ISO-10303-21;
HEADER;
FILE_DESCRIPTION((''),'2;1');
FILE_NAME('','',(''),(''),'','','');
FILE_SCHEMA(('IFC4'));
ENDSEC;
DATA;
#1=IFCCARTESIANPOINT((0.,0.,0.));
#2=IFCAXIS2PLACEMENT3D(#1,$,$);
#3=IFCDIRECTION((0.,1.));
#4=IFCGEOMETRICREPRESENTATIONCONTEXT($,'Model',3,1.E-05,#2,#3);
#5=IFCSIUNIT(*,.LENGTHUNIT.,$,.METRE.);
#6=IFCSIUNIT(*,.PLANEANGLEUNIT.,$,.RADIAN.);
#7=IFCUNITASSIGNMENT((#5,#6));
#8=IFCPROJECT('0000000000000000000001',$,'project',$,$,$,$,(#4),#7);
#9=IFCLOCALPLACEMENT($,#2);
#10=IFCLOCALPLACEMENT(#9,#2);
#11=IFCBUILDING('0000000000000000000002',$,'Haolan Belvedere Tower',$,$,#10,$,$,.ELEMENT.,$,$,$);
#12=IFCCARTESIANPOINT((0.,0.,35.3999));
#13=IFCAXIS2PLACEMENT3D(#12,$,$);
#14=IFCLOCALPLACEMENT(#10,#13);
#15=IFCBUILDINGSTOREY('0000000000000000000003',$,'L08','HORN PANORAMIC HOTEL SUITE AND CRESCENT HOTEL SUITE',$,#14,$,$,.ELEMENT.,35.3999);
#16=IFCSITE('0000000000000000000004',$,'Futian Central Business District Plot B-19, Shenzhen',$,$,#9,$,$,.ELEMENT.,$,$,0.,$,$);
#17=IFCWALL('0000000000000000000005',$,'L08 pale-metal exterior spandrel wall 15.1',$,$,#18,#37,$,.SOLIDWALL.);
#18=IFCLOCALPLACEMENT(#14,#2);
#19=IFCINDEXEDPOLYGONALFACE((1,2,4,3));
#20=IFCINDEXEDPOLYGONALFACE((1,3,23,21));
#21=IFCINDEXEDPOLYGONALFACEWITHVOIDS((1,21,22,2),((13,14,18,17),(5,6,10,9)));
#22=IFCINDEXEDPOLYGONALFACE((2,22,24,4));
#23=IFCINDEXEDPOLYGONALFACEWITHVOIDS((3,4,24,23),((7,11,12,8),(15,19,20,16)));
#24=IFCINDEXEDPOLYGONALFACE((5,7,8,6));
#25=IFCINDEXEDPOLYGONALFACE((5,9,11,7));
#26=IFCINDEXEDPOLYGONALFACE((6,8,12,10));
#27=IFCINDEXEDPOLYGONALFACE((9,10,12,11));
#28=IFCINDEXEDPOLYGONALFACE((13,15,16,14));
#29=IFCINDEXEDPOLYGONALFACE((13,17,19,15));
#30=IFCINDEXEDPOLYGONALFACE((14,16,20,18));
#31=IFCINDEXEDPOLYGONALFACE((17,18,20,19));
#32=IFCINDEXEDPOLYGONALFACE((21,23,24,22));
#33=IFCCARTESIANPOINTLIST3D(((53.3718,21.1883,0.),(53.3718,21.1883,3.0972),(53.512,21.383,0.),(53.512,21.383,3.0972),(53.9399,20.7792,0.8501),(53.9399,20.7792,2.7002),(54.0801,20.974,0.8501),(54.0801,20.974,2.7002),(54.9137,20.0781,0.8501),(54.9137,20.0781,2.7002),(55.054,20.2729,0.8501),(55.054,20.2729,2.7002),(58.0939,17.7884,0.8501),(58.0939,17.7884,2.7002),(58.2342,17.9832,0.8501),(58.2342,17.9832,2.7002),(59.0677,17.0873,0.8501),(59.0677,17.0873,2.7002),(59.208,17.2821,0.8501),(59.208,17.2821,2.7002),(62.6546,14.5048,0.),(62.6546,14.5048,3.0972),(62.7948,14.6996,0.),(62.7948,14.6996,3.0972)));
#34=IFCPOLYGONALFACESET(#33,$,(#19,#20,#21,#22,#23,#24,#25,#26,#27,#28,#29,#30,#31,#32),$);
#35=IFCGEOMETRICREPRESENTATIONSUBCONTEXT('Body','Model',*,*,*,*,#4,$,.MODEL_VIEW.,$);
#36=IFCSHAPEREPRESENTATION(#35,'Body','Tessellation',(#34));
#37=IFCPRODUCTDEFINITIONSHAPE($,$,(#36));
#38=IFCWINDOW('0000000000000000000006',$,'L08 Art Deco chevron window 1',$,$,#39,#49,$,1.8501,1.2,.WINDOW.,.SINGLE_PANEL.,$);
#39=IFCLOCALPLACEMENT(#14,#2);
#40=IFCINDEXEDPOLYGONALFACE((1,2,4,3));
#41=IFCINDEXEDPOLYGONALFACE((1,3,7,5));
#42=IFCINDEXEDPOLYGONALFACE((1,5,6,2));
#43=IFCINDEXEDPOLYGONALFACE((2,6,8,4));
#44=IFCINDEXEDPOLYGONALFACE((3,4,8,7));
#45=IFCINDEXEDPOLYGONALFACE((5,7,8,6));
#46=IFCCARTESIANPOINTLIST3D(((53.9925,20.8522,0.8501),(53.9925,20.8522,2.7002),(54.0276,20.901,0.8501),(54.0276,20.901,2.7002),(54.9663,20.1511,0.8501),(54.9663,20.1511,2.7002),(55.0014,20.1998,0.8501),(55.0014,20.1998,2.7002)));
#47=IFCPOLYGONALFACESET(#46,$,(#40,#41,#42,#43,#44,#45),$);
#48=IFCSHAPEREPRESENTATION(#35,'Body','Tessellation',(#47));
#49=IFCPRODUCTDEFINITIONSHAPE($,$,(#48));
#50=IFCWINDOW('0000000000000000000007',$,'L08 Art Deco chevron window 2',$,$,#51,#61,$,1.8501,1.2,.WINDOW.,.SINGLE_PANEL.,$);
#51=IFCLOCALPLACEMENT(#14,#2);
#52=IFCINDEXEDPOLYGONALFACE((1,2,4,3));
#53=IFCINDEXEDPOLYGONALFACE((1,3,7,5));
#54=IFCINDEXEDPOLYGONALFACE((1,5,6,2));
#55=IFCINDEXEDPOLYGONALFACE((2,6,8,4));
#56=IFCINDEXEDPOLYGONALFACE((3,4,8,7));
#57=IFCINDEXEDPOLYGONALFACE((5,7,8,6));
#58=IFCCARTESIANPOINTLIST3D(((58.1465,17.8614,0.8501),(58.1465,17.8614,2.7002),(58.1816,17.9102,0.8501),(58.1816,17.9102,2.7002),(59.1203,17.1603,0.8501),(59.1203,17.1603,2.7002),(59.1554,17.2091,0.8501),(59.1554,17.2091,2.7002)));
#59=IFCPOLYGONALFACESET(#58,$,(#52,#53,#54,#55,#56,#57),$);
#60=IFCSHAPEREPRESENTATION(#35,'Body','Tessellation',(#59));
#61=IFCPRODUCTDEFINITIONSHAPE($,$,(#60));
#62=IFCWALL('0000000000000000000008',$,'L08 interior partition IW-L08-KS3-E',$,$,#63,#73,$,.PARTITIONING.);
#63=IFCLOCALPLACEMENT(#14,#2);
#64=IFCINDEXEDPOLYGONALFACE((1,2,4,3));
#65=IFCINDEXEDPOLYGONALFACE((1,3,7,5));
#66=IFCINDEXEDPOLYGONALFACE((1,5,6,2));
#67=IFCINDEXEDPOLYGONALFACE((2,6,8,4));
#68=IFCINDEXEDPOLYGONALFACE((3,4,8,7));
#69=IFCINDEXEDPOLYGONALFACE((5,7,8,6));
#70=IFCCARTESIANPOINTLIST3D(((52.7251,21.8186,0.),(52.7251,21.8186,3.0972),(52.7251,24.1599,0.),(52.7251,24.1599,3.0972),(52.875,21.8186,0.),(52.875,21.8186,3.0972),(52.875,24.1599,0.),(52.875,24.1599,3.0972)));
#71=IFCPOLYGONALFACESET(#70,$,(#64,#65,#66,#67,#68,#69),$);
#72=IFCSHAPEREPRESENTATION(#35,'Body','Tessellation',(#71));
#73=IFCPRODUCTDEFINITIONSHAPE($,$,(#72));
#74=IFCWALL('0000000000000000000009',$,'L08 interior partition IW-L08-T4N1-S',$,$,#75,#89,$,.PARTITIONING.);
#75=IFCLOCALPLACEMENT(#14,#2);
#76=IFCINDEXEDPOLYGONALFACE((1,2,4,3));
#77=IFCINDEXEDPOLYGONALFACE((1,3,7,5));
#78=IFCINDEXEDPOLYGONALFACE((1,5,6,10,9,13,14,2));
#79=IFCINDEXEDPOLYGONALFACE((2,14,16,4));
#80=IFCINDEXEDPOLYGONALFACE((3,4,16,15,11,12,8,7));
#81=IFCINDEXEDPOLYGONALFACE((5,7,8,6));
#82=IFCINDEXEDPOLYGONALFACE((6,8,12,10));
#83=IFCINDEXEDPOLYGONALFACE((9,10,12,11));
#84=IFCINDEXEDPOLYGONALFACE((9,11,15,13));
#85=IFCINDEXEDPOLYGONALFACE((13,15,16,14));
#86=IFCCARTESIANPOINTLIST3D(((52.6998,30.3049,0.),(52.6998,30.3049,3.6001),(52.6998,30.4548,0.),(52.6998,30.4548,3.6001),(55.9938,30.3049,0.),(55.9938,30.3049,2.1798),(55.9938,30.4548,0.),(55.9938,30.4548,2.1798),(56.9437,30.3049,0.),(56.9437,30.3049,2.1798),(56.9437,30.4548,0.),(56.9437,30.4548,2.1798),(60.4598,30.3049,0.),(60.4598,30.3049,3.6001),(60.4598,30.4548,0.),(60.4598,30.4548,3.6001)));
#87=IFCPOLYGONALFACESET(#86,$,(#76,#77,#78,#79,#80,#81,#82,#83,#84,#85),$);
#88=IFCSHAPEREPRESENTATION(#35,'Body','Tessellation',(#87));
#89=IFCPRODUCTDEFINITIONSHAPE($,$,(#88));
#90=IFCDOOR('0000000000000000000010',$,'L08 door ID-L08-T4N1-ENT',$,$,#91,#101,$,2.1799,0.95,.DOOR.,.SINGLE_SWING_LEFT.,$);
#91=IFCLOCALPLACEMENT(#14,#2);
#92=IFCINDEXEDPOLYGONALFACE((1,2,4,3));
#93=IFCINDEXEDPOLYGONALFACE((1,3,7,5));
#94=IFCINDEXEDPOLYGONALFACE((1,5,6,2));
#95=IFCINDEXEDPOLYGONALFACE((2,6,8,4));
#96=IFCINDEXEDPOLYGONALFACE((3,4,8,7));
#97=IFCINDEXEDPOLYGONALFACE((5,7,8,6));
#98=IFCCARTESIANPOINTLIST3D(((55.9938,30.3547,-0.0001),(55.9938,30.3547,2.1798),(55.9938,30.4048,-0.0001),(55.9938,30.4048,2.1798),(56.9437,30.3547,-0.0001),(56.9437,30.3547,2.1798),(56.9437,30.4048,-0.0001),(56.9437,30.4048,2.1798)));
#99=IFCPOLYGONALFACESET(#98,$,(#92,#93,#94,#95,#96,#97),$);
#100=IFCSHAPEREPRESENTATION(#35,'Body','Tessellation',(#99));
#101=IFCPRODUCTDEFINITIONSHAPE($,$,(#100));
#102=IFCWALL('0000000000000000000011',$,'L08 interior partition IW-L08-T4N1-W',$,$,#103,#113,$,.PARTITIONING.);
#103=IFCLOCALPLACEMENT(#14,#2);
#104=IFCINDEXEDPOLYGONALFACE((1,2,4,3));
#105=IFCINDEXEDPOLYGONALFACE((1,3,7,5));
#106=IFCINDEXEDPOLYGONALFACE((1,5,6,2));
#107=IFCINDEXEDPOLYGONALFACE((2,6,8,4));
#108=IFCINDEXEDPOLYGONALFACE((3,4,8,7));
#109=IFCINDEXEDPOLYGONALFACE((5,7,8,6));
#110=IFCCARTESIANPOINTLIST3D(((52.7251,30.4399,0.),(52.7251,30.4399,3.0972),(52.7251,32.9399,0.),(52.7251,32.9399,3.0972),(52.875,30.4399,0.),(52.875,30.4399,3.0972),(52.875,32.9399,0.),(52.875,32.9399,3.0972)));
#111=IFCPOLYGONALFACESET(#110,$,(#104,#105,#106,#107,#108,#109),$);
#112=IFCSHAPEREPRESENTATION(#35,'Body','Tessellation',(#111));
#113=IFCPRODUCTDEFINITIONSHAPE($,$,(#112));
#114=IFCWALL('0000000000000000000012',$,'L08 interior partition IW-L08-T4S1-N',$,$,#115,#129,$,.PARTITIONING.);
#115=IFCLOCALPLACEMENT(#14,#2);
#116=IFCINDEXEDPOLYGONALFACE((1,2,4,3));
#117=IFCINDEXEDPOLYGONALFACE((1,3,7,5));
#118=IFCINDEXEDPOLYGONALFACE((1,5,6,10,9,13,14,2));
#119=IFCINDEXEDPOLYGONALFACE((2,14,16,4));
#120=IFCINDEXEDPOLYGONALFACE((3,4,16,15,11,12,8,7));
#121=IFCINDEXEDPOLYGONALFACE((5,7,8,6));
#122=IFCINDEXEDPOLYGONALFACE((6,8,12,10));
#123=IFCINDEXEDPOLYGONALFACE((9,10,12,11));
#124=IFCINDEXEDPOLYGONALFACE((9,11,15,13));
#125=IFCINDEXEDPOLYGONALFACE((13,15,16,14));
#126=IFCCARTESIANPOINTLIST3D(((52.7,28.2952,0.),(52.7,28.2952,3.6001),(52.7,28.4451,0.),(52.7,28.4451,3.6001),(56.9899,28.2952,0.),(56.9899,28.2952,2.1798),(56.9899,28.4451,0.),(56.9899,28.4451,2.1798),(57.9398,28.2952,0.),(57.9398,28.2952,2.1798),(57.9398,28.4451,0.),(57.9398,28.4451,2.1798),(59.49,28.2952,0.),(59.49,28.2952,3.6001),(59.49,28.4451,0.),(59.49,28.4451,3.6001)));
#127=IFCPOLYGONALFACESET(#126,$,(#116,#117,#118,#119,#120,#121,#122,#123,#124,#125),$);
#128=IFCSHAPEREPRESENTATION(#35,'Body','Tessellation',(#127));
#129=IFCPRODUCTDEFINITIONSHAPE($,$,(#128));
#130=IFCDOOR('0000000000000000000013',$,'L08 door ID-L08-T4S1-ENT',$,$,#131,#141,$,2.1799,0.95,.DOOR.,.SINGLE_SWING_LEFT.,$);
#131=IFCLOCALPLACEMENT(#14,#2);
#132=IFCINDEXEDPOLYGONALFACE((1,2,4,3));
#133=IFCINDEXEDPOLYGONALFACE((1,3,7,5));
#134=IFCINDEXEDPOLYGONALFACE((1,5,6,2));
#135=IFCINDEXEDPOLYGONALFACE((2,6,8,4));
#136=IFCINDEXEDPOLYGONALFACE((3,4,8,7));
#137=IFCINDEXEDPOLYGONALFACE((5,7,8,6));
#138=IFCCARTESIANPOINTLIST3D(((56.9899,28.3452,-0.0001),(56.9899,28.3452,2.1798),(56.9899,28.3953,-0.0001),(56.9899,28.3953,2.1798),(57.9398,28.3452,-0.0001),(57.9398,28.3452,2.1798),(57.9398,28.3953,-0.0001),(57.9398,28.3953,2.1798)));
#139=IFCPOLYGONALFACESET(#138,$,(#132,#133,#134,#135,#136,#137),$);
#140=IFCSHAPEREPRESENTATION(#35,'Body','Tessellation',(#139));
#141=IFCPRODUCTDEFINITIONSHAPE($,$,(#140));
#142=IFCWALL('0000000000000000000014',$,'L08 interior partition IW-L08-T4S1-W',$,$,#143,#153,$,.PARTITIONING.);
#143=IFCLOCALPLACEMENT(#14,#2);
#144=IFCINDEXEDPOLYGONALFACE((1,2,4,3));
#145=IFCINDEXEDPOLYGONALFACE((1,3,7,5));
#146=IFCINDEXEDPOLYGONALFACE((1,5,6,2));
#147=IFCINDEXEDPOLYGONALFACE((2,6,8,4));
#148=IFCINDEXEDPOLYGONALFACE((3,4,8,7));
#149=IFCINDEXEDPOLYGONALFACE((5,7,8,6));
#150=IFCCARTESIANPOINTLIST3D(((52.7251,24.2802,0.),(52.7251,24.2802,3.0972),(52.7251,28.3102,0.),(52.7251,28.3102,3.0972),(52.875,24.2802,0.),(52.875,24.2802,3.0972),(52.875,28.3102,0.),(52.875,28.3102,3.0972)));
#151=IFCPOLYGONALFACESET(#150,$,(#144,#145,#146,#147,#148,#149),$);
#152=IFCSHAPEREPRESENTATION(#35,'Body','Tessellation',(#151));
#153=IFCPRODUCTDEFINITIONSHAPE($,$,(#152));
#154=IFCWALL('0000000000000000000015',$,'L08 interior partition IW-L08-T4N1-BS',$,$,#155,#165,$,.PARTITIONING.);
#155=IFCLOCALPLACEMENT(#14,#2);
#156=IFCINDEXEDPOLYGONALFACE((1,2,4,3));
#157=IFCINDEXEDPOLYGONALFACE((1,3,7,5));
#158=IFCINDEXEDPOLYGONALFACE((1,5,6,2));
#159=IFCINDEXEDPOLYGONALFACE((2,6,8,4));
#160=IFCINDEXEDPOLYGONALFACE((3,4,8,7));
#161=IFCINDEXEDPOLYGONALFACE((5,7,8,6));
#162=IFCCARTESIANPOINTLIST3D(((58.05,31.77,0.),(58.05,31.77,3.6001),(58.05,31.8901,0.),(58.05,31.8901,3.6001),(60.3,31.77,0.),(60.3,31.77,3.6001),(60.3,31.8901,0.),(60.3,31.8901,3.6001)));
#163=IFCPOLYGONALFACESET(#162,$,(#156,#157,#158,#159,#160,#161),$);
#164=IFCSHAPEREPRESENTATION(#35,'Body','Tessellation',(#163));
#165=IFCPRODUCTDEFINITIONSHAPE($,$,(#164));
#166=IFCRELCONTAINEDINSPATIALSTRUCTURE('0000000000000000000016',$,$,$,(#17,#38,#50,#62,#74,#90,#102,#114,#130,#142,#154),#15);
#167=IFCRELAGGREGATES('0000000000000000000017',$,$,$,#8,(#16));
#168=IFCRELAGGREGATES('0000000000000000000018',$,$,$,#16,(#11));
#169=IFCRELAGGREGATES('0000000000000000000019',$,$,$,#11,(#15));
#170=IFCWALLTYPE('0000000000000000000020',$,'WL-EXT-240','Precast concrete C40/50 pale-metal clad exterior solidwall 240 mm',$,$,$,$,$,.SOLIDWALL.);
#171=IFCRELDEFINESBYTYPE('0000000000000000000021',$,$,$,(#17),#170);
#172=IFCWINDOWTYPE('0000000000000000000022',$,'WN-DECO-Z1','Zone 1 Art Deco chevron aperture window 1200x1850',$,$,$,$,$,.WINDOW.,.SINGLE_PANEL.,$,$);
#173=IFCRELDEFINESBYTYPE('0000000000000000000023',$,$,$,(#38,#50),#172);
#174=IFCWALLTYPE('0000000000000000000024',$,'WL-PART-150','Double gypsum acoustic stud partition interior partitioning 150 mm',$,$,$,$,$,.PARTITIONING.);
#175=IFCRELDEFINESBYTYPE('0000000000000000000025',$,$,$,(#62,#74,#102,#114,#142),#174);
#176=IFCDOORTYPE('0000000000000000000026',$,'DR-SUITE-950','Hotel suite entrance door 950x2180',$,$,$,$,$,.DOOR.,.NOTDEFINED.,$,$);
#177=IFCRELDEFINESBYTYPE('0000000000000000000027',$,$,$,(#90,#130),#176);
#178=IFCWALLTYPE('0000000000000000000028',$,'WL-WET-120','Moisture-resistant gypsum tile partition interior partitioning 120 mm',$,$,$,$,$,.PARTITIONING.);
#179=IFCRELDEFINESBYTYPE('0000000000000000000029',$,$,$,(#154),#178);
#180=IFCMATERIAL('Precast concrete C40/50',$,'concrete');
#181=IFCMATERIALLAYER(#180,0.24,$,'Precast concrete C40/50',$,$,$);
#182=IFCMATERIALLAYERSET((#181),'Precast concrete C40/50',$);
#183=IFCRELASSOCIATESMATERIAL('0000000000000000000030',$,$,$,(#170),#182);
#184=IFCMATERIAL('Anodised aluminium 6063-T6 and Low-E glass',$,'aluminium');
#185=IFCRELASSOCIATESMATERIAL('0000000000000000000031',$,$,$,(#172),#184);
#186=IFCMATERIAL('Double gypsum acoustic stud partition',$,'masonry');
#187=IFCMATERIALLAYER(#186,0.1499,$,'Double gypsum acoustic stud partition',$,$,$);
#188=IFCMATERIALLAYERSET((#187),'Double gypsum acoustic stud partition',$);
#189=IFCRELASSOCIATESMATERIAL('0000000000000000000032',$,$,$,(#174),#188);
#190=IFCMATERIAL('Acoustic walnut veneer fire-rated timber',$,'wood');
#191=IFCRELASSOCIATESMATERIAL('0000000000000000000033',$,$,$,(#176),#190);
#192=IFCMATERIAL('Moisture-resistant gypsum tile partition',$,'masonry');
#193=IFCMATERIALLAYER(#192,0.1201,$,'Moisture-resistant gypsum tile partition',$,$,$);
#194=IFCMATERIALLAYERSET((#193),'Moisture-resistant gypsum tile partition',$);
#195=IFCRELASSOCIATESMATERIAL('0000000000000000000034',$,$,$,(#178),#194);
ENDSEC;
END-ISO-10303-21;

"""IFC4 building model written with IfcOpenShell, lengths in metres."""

from ifc_helpers import new_model, si_unit, direction, frame, frame_2d, origin, place, context, subcontext, project, spatial, rectangle, extrude, material, layer, layer_set, type_object, element, fill, save


model = new_model("IFC4")

# Units and contexts
model_context = context("Model", 3, precision=1e-05, world=origin(), true_north=direction((0.0, 1.0)))
body_context = subcontext(model_context, "Body", "Model", "MODEL_VIEW")
ifc_project = project(units=[si_unit("LENGTHUNIT", "METRE"), si_unit("PLANEANGLEUNIT", "RADIAN")], contexts=[model_context])

# Site, building, storey
site_placement = place(None, origin())
site = spatial("IfcSite", under=ifc_project, at=site_placement, Name="Futian Central Business District Plot B-19, Shenzhen", CompositionType="ELEMENT", RefElevation=0.0)
building_placement = place(site_placement, origin())
building = spatial("IfcBuilding", under=site, at=building_placement, Name="Haolan Belvedere Tower", CompositionType="ELEMENT")
storey_placement = place(building_placement, frame((0.0, 0.0, 35.3999)))
storey = spatial("IfcBuildingStorey", under=building, at=storey_placement, Name="L08", Description="HORN PANORAMIC HOTEL SUITE AND CRESCENT HOTEL SUITE", CompositionType="ELEMENT", Elevation=35.3999)

# Wall, openings, windows
ifc_material_1 = material(Name="Precast concrete C40/50", Category="concrete")
ifc_layer_1 = layer(ifc_material_1, 0.24, Name="Precast concrete C40/50")
ifc_layer_set_1 = layer_set([ifc_layer_1], Name="Precast concrete C40/50")
wall_type_1 = type_object("IfcWallType", Name="WL-EXT-240", Description="Precast concrete C40/50 pale-metal clad exterior solidwall 240 mm", PredefinedType="SOLIDWALL", material=ifc_layer_set_1)
wall_1_placement = place(storey_placement, frame((53.4419, 21.2856, 0.0), z_axis=(0.0, 0.0, 1.0), x_axis=(0.811543, -0.584293, 0.0)))
wall_1 = element("IfcWall", 1, at=wall_1_placement, inside=storey, type_object=wall_type_1, Name="L08 pale-metal exterior spandrel wall 15.1", PredefinedType="SOLIDWALL", context=body_context, shape_type="SweptSolid", body=[
    extrude(rectangle(XDim=11.4385, YDim=0.24, at=frame_2d((5.7192, 0.0))), origin(), (0.0, 0.0, 1.0), 3.0972),
])
opening_1_placement = place(wall_1_placement, frame((0.7, 0.0, 0.8501)))
opening_1 = element("IfcOpeningElement", 2, at=opening_1_placement, cuts=wall_1, PredefinedType="OPENING", context=body_context, shape_type="SweptSolid", body=[
    extrude(rectangle(XDim=1.2, YDim=1.8501, at=frame_2d((0.6001, 0.925))), frame((0.0, 0.1299, 0.0), z_axis=(0.0, -1.0, 0.0), x_axis=(1.0, 0.0, 0.0)), (0.0, 0.0, 1.0), 0.26),
])
opening_2_placement = place(wall_1_placement, frame((5.8186, 0.0, 0.8501)))
opening_2 = element("IfcOpeningElement", 3, at=opening_2_placement, cuts=wall_1, PredefinedType="OPENING", context=body_context, shape_type="SweptSolid", body=[
    extrude(rectangle(XDim=1.2, YDim=1.8501, at=frame_2d((0.6001, 0.925))), frame((0.0, 0.1299, 0.0), z_axis=(0.0, -1.0, 0.0), x_axis=(1.0, 0.0, 0.0)), (0.0, 0.0, 1.0), 0.26),
])
ifc_material_2 = material(Name="Anodised aluminium 6063-T6 and Low-E glass", Category="aluminium")
window_type = type_object("IfcWindowType", Name="WN-DECO-Z1", Description="Zone 1 Art Deco chevron aperture window 1200x1850", PartitioningType="SINGLE_PANEL", PredefinedType="WINDOW", material=ifc_material_2)
window_1_placement = place(opening_1_placement, origin())
window_1 = element("IfcWindow", 4, at=window_1_placement, inside=storey, type_object=window_type, Name="L08 Art Deco chevron window 1", OverallHeight=1.8501, OverallWidth=1.2, PartitioningType="SINGLE_PANEL", PredefinedType="WINDOW", context=body_context, shape_type="SweptSolid", body=[
    extrude(rectangle(XDim=1.2, YDim=1.8501, at=frame_2d((0.6001, 0.925))), frame((0.0, 0.03, 0.0), z_axis=(0.0, -1.0, 0.0), x_axis=(1.0, 0.0, 0.0)), (0.0, 0.0, 1.0), 0.0601),
])
fill(opening_1, window_1)
window_2_placement = place(opening_2_placement, origin())
window_2 = element("IfcWindow", 5, at=window_2_placement, inside=storey, type_object=window_type, Name="L08 Art Deco chevron window 2", OverallHeight=1.8501, OverallWidth=1.2, PartitioningType="SINGLE_PANEL", PredefinedType="WINDOW", context=body_context, shape_type="SweptSolid", body=[
    extrude(rectangle(XDim=1.2, YDim=1.8501, at=frame_2d((0.6001, 0.925))), frame((0.0, 0.03, 0.0), z_axis=(0.0, -1.0, 0.0), x_axis=(1.0, 0.0, 0.0)), (0.0, 0.0, 1.0), 0.0601),
])
fill(opening_2, window_2)

# Wall
ifc_material_3 = material(Name="Double gypsum acoustic stud partition", Category="masonry")
ifc_layer_2 = layer(ifc_material_3, 0.1499, Name="Double gypsum acoustic stud partition")
ifc_layer_set_2 = layer_set([ifc_layer_2], Name="Double gypsum acoustic stud partition")
wall_type_2 = type_object("IfcWallType", Name="WL-PART-150", Description="Double gypsum acoustic stud partition interior partitioning 150 mm", PredefinedType="PARTITIONING", material=ifc_layer_set_2)
wall_2_placement = place(storey_placement, frame((52.8, 21.8186, 0.0), z_axis=(0.0, 0.0, 1.0), x_axis=(0.0, 1.0, 0.0)))
element("IfcWall", 6, at=wall_2_placement, inside=storey, type_object=wall_type_2, Name="L08 interior partition IW-L08-KS3-E", PredefinedType="PARTITIONING", context=body_context, shape_type="SweptSolid", body=[
    extrude(rectangle(XDim=2.3413, YDim=0.1499, at=frame_2d((1.1707, 0.0))), origin(), (0.0, 0.0, 1.0), 3.0972),
])

# Wall, opening, door
wall_3_placement = place(storey_placement, frame((52.7, 30.3799, 0.0), z_axis=(0.0, 0.0, 1.0), x_axis=(1.0, 0.0, 0.0)))
wall_3 = element("IfcWall", 7, at=wall_3_placement, inside=storey, type_object=wall_type_2, Name="L08 interior partition IW-L08-T4N1-S", PredefinedType="PARTITIONING", context=body_context, shape_type="SweptSolid", body=[
    extrude(rectangle(XDim=7.76, YDim=0.1499, at=frame_2d((3.8799, 0.0))), origin(), (0.0, 0.0, 1.0), 3.6001),
])
opening_3_placement = place(wall_3_placement, frame((3.2937, 0.0, 0.0)))
opening_3 = element("IfcOpeningElement", 8, at=opening_3_placement, cuts=wall_3, PredefinedType="OPENING", context=body_context, shape_type="SweptSolid", body=[
    extrude(rectangle(XDim=0.95, YDim=2.1799, at=frame_2d((0.4751, 1.0898))), frame((0.0, 0.085, 0.0), z_axis=(0.0, -1.0, 0.0), x_axis=(1.0, 0.0, 0.0)), (0.0, 0.0, 1.0), 0.1699),
])
ifc_material_4 = material(Name="Acoustic walnut veneer fire-rated timber", Category="wood")
door_type_1 = type_object("IfcDoorType", Name="DR-SUITE-950", Description="Hotel suite entrance door 950x2180", OperationType="NOTDEFINED", PredefinedType="DOOR", material=ifc_material_4)
door_1_placement = place(opening_3_placement, origin())
door_1 = element("IfcDoor", 9, at=door_1_placement, inside=storey, type_object=door_type_1, Name="L08 door ID-L08-T4N1-ENT", OperationType="SINGLE_SWING_LEFT", OverallHeight=2.1799, OverallWidth=0.95, PredefinedType="DOOR", context=body_context, shape_type="SweptSolid", body=[
    extrude(rectangle(XDim=0.95, YDim=2.1799, at=frame_2d((0.4751, 1.0898))), frame((0.0, 0.0249, 0.0), z_axis=(0.0, -1.0, 0.0), x_axis=(1.0, 0.0, 0.0)), (0.0, 0.0, 1.0), 0.05),
])
fill(opening_3, door_1)

# Wall
wall_4_placement = place(storey_placement, frame((52.8, 30.4399, 0.0), z_axis=(0.0, 0.0, 1.0), x_axis=(0.0, 1.0, 0.0)))
element("IfcWall", 10, at=wall_4_placement, inside=storey, type_object=wall_type_2, Name="L08 interior partition IW-L08-T4N1-W", PredefinedType="PARTITIONING", context=body_context, shape_type="SweptSolid", body=[
    extrude(rectangle(XDim=2.5, YDim=0.1499, at=frame_2d((1.25, 0.0))), origin(), (0.0, 0.0, 1.0), 3.0972),
])

# Wall, opening, door
wall_5_placement = place(storey_placement, frame((52.7, 28.3701, 0.0), z_axis=(0.0, 0.0, 1.0), x_axis=(1.0, 0.0, 0.0)))
wall_5 = element("IfcWall", 11, at=wall_5_placement, inside=storey, type_object=wall_type_2, Name="L08 interior partition IW-L08-T4S1-N", PredefinedType="PARTITIONING", context=body_context, shape_type="SweptSolid", body=[
    extrude(rectangle(XDim=6.79, YDim=0.1499, at=frame_2d((3.395, 0.0))), origin(), (0.0, 0.0, 1.0), 3.6001),
])
opening_4_placement = place(wall_5_placement, frame((5.24, 0.0, 0.0), z_axis=(0.0, 0.0, 1.0), x_axis=(-1.0, 0.0, 0.0)))
opening_4 = element("IfcOpeningElement", 12, at=opening_4_placement, cuts=wall_5, PredefinedType="OPENING", context=body_context, shape_type="SweptSolid", body=[
    extrude(rectangle(XDim=0.95, YDim=2.1799, at=frame_2d((0.4751, 1.0898))), frame((0.0, 0.085, 0.0), z_axis=(0.0, -1.0, 0.0), x_axis=(1.0, 0.0, 0.0)), (0.0, 0.0, 1.0), 0.1699),
])
door_2_placement = place(opening_4_placement, origin())
door_2 = element("IfcDoor", 13, at=door_2_placement, inside=storey, type_object=door_type_1, Name="L08 door ID-L08-T4S1-ENT", OperationType="SINGLE_SWING_LEFT", OverallHeight=2.1799, OverallWidth=0.95, PredefinedType="DOOR", context=body_context, shape_type="SweptSolid", body=[
    extrude(rectangle(XDim=0.95, YDim=2.1799, at=frame_2d((0.4751, 1.0898))), frame((0.0, 0.0249, 0.0), z_axis=(0.0, -1.0, 0.0), x_axis=(1.0, 0.0, 0.0)), (0.0, 0.0, 1.0), 0.05),
])
fill(opening_4, door_2)

# Walls
wall_6_placement = place(storey_placement, frame((52.8, 24.28, 0.0), z_axis=(0.0, 0.0, 1.0), x_axis=(0.0, 1.0, 0.0)))
element("IfcWall", 14, at=wall_6_placement, inside=storey, type_object=wall_type_2, Name="L08 interior partition IW-L08-T4S1-W", PredefinedType="PARTITIONING", context=body_context, shape_type="SweptSolid", body=[
    extrude(rectangle(XDim=4.03, YDim=0.1499, at=frame_2d((2.0151, 0.0))), origin(), (0.0, 0.0, 1.0), 3.0972),
])
ifc_material_5 = material(Name="Moisture-resistant gypsum tile partition", Category="masonry")
ifc_layer_3 = layer(ifc_material_5, 0.1201, Name="Moisture-resistant gypsum tile partition")
ifc_layer_set_3 = layer_set([ifc_layer_3], Name="Moisture-resistant gypsum tile partition")
wall_type_3 = type_object("IfcWallType", Name="WL-WET-120", Description="Moisture-resistant gypsum tile partition interior partitioning 120 mm", PredefinedType="PARTITIONING", material=ifc_layer_set_3)
wall_7_placement = place(storey_placement, frame((58.05, 31.8301, 0.0), z_axis=(0.0, 0.0, 1.0), x_axis=(1.0, 0.0, 0.0)))
element("IfcWall", 15, at=wall_7_placement, inside=storey, type_object=wall_type_3, Name="L08 interior partition IW-L08-T4N1-BS", PredefinedType="PARTITIONING", context=body_context, shape_type="SweptSolid", body=[
    extrude(rectangle(XDim=2.25, YDim=0.1201, at=frame_2d((1.125, 0.0))), origin(), (0.0, 0.0, 1.0), 3.6001),
])

save(model, "model.ifc")
